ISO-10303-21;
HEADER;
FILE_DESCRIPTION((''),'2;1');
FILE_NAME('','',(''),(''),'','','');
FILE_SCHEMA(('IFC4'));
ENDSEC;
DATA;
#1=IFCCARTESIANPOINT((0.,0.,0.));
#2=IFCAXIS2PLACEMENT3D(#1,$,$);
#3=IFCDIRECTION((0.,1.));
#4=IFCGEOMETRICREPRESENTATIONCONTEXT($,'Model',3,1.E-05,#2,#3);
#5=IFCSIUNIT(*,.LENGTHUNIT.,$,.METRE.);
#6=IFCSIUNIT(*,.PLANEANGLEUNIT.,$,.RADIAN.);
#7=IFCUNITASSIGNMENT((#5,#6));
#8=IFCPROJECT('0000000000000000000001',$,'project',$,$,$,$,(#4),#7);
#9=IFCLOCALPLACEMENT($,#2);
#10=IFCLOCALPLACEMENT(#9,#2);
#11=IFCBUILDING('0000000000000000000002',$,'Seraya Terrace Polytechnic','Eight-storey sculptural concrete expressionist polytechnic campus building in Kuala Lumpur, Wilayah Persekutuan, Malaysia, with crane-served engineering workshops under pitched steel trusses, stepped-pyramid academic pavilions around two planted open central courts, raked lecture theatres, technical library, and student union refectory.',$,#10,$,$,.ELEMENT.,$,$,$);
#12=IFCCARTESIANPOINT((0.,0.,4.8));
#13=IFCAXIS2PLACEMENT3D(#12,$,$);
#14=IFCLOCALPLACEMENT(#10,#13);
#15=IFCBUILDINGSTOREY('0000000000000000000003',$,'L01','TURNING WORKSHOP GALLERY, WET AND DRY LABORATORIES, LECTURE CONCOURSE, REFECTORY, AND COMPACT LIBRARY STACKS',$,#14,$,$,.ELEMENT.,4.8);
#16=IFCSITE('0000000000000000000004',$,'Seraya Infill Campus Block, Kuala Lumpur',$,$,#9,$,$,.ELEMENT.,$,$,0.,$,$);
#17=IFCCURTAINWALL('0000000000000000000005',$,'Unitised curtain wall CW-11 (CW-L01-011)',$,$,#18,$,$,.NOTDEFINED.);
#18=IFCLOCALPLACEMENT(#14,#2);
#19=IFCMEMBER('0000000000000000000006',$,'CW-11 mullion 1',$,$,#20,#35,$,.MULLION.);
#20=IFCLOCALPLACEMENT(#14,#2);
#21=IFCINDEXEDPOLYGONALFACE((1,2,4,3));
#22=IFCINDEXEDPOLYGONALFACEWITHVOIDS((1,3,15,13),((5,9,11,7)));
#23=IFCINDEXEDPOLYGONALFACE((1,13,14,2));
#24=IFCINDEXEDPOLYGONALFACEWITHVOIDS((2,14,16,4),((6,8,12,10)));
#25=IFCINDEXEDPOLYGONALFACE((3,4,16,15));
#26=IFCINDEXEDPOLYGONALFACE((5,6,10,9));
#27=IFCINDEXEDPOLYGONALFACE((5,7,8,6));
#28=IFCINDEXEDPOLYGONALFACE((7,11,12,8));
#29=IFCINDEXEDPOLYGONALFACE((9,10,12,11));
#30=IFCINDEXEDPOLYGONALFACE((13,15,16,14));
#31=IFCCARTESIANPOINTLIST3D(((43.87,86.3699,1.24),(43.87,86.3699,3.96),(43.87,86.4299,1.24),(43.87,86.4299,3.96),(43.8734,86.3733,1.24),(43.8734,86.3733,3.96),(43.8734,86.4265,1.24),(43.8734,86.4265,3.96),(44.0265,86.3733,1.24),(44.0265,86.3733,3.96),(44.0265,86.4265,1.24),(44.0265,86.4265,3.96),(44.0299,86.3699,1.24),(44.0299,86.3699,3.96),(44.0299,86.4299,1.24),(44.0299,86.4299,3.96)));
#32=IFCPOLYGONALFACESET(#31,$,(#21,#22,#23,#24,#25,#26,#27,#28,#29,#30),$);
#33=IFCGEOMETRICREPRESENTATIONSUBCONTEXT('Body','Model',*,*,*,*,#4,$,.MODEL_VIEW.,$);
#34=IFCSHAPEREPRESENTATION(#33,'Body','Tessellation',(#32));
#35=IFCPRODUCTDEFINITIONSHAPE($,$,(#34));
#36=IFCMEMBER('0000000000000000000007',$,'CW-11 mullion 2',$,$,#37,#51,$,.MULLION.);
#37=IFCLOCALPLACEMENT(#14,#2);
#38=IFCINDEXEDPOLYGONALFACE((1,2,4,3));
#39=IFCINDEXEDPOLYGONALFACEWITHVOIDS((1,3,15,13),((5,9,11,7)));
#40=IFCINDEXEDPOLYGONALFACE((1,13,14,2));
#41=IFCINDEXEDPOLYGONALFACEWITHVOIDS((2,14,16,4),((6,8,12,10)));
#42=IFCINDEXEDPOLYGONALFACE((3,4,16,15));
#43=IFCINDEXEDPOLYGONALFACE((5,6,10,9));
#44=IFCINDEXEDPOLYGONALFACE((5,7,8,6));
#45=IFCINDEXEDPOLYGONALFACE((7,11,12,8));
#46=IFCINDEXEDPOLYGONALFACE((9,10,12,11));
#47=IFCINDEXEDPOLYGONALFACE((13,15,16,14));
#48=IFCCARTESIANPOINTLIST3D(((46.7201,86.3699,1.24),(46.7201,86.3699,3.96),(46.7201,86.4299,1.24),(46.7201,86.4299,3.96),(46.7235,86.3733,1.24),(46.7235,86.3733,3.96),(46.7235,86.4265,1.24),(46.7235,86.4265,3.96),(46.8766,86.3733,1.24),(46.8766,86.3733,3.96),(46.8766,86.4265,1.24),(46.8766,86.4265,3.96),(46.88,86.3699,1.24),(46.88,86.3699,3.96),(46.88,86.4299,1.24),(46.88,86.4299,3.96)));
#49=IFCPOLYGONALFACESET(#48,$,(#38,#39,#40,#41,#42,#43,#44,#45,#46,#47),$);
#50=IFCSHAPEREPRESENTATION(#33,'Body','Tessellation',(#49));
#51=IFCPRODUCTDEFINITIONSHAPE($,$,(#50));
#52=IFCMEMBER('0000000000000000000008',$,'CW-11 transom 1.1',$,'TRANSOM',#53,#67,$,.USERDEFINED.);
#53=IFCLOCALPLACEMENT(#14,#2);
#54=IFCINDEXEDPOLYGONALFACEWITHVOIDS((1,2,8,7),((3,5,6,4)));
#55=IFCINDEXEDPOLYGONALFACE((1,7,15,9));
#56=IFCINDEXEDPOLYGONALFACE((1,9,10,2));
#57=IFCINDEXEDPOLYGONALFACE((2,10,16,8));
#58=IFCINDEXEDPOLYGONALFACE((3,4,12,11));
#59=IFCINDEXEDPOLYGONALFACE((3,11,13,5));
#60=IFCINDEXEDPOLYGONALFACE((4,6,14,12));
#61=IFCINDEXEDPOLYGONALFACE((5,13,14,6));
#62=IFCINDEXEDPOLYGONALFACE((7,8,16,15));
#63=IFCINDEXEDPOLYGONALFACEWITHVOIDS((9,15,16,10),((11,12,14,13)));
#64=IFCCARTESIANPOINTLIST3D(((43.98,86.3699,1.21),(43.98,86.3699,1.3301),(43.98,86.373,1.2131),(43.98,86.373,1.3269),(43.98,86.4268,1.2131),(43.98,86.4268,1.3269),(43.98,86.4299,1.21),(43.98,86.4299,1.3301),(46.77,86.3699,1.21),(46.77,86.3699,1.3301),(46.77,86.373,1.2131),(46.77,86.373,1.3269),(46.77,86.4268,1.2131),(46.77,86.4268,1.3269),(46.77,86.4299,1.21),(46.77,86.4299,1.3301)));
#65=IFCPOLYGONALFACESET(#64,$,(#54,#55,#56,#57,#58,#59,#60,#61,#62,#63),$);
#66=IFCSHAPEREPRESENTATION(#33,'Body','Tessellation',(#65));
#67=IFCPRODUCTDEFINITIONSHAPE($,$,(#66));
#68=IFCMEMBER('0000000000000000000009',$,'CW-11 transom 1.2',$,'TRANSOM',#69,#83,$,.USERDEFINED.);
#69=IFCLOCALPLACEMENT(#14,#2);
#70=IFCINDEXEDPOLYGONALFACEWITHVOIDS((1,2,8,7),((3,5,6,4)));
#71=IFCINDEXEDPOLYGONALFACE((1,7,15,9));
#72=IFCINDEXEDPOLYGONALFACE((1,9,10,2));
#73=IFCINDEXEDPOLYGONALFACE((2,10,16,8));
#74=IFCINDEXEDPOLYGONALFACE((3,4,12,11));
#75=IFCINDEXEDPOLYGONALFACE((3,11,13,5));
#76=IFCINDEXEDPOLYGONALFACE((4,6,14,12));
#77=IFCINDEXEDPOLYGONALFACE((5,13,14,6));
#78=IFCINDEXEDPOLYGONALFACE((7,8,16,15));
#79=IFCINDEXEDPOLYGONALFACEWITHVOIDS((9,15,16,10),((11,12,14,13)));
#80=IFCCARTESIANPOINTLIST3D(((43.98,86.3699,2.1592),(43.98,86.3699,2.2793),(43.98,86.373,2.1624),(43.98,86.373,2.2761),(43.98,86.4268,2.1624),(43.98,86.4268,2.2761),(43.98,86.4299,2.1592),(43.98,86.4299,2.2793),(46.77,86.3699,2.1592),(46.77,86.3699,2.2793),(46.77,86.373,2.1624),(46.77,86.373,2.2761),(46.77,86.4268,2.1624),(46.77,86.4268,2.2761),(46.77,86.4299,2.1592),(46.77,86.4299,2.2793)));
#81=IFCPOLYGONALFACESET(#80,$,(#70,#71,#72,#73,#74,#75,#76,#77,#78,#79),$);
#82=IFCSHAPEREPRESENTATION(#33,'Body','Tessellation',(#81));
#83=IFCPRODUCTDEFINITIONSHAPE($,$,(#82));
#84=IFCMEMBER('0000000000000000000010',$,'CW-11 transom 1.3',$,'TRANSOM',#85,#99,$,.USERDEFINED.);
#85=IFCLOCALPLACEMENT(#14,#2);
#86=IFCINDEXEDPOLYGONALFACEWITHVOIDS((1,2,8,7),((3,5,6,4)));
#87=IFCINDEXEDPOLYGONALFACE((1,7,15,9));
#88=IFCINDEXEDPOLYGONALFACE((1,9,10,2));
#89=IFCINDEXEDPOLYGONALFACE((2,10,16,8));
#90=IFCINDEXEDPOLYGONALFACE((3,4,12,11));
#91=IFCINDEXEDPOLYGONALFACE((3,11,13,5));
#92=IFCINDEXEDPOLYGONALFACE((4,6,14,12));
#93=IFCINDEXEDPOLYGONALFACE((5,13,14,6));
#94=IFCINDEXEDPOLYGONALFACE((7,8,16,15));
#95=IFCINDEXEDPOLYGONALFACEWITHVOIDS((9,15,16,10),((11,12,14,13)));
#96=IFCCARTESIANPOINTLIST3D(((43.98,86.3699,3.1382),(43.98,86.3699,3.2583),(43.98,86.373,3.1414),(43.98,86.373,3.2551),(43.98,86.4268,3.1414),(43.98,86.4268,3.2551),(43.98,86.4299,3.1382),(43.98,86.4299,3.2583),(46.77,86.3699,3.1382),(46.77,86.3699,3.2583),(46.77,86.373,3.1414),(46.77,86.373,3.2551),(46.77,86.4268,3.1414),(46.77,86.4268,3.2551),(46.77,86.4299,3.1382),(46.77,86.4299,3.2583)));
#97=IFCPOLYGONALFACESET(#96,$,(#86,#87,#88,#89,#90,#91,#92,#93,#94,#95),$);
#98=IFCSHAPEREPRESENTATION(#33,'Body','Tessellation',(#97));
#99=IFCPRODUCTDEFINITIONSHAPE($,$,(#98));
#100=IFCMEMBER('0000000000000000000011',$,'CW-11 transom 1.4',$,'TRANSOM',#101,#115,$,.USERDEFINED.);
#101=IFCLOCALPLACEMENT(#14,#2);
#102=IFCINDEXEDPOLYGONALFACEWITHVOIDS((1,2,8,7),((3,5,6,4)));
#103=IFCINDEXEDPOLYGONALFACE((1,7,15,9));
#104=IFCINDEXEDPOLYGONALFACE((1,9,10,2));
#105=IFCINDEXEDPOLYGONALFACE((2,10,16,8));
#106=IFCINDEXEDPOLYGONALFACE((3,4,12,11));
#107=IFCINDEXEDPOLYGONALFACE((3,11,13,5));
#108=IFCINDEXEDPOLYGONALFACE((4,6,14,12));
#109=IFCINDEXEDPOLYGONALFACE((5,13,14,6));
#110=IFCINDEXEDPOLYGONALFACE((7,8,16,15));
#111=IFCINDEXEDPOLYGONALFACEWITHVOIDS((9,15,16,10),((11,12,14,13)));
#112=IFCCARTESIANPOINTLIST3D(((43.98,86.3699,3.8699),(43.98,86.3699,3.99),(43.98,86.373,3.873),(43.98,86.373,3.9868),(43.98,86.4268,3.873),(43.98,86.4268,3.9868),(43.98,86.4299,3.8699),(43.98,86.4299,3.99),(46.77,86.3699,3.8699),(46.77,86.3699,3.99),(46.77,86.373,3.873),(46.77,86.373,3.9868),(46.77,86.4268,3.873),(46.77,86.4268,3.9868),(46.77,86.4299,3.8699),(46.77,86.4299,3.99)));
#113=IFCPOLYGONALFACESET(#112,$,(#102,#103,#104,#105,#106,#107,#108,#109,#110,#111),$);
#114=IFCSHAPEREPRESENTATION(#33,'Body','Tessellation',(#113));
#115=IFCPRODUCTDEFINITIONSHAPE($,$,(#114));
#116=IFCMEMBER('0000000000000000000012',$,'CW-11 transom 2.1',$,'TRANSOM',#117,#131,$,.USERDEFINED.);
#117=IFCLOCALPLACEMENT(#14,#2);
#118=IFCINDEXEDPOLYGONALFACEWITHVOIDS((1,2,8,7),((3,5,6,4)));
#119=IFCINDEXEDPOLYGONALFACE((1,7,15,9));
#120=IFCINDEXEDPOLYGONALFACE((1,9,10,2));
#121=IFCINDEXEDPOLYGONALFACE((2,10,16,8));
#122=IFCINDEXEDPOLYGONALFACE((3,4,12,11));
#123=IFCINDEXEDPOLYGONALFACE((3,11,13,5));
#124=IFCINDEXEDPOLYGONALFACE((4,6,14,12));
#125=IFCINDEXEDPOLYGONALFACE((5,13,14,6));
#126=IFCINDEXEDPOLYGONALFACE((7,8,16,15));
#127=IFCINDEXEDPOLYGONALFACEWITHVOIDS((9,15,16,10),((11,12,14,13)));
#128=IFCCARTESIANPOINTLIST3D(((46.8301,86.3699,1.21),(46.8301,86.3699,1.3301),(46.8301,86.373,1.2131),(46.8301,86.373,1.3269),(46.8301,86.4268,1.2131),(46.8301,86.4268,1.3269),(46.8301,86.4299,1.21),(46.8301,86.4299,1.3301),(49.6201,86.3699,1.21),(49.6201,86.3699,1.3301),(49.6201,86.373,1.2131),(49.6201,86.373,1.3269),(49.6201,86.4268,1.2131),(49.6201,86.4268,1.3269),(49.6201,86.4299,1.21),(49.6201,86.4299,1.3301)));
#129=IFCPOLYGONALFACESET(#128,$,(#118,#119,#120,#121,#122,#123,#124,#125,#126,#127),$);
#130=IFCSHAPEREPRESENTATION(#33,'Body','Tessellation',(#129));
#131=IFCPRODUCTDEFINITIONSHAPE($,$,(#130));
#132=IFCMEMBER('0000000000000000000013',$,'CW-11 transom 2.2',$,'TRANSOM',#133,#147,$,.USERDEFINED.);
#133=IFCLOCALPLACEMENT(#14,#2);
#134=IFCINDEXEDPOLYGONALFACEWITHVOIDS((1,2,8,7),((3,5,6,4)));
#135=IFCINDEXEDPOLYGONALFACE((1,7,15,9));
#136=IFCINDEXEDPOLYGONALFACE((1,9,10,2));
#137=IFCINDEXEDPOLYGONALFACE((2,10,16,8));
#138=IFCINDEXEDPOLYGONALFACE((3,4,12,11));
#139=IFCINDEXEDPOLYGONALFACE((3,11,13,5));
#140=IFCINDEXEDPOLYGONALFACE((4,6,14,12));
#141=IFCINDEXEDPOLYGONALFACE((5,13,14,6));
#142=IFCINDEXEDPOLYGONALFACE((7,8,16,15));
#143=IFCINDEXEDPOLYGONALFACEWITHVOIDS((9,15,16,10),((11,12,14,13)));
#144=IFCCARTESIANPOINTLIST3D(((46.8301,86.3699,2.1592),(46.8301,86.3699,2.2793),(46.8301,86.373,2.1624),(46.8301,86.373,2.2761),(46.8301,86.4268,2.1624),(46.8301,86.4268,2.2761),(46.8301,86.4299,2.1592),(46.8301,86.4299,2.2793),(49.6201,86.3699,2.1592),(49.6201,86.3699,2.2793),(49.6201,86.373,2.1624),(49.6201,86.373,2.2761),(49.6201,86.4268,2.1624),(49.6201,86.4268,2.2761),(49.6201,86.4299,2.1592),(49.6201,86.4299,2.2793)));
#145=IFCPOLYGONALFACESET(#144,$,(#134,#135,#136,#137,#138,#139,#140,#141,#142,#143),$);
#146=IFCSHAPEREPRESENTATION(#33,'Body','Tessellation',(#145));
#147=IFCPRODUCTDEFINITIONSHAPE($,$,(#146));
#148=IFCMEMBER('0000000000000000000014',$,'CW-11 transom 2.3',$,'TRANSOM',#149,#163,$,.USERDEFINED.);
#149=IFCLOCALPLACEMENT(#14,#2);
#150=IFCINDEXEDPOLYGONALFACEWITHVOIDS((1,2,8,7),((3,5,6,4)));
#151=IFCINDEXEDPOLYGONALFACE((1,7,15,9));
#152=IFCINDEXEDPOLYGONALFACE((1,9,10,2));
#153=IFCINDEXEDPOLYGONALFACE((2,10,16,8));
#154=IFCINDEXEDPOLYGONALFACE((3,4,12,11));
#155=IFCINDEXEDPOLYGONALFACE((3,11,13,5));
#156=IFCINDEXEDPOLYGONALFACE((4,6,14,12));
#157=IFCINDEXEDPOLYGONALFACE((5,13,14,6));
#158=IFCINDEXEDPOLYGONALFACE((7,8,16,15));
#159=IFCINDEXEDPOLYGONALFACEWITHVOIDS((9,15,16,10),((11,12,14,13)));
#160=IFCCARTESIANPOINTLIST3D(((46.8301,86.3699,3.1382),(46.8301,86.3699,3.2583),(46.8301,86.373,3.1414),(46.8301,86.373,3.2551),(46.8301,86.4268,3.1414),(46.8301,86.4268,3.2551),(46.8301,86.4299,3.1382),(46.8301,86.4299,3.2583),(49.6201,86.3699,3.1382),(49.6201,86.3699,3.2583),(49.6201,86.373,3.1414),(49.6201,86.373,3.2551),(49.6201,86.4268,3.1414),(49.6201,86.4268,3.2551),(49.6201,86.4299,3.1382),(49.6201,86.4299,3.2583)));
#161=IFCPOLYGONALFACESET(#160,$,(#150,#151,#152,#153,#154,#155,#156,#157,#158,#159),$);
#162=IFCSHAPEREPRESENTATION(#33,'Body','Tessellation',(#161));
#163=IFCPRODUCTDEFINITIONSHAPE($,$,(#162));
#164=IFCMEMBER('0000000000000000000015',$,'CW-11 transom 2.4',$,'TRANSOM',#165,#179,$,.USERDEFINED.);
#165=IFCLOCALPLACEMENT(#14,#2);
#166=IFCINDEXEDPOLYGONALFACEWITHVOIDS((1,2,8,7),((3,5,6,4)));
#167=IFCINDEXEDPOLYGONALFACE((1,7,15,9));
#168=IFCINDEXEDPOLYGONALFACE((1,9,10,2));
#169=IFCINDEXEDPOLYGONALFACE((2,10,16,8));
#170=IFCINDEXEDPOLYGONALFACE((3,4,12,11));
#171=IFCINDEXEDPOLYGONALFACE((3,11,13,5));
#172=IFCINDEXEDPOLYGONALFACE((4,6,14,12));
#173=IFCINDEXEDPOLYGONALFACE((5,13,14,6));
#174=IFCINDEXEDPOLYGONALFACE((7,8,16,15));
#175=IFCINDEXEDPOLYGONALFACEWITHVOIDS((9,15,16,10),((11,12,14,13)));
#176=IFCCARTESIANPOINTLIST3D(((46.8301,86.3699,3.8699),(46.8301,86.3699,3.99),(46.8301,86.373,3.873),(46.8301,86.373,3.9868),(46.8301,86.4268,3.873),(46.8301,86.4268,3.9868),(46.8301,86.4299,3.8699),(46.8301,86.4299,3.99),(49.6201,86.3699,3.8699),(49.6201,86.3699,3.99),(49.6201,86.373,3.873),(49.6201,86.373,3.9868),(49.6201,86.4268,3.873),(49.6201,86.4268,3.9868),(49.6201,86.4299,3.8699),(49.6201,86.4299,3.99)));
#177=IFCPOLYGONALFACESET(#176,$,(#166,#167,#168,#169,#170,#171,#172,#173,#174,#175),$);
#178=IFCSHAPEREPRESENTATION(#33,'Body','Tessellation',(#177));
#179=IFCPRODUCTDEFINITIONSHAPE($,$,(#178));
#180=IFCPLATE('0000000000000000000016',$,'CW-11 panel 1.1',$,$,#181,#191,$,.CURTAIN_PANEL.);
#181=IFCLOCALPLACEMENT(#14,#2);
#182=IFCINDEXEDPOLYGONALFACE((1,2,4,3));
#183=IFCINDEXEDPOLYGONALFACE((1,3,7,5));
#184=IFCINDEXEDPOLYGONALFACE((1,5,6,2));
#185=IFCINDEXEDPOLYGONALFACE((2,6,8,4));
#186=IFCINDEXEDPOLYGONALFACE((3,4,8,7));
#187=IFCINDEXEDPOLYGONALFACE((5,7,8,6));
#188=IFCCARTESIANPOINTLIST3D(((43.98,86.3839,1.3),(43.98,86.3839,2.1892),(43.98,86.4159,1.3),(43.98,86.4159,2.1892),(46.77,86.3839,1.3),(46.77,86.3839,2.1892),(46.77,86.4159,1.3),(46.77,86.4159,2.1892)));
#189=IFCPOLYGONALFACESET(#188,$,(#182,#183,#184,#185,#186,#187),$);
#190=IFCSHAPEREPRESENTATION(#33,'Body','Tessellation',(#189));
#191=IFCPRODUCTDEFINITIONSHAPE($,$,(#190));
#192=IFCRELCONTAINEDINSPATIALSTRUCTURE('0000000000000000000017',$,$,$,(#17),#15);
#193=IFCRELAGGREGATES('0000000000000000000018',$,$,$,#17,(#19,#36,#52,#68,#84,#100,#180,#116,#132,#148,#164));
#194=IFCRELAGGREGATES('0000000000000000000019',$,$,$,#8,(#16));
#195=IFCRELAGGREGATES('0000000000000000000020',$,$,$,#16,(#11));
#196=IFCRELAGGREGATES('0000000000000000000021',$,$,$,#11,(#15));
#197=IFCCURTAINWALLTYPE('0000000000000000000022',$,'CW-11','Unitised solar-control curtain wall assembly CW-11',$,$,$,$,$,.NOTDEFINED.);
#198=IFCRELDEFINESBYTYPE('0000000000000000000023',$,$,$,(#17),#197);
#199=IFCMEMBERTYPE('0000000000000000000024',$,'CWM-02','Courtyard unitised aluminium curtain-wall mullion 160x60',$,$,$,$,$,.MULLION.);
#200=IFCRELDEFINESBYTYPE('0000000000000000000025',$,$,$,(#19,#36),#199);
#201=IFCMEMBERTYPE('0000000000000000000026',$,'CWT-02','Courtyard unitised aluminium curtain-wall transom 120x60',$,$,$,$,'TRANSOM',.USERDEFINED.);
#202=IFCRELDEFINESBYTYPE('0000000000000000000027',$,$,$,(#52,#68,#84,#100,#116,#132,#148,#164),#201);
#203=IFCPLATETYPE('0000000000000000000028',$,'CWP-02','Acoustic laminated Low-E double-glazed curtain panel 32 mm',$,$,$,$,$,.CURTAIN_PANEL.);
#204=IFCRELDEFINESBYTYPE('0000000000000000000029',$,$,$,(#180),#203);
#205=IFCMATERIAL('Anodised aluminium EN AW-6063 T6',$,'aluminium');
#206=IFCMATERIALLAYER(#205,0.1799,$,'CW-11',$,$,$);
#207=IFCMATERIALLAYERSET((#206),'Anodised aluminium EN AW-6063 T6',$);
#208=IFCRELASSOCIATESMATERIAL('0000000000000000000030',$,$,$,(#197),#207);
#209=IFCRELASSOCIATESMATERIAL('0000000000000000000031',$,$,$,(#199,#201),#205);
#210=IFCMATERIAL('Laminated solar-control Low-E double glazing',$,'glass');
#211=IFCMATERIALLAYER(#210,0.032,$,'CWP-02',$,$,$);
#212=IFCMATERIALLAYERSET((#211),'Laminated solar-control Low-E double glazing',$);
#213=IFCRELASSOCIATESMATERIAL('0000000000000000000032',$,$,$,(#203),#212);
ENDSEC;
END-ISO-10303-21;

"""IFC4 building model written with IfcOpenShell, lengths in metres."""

from ifc_helpers import new_model, si_unit, direction, frame, origin, origin_2d, place, context, subcontext, project, spatial, rectangle, hollow_rectangle, extrude, material, layer, layer_set, material_profile, profile_set, type_object, element, aggregate, save


model = new_model("IFC4")

# Units and contexts
model_context = context("Model", 3, precision=1e-05, world=origin(), true_north=direction((0.0, 1.0)))
body_context = subcontext(model_context, "Body", "Model", "MODEL_VIEW")
ifc_project = project(units=[si_unit("LENGTHUNIT", "METRE"), si_unit("PLANEANGLEUNIT", "RADIAN")], contexts=[model_context])

# Site, building, storey
site_placement = place(None, origin())
site = spatial("IfcSite", under=ifc_project, at=site_placement, Name="Seraya Infill Campus Block, Kuala Lumpur", CompositionType="ELEMENT", RefElevation=0.0)
building_placement = place(site_placement, origin())
building = spatial("IfcBuilding", under=site, at=building_placement, Name="Seraya Terrace Polytechnic", Description="Eight-storey sculptural concrete expressionist polytechnic campus building in Kuala Lumpur, Wilayah Persekutuan, Malaysia, with crane-served engineering workshops under pitched steel trusses, stepped-pyramid academic pavilions around two planted open central courts, raked lecture theatres, technical library, and student union refectory.", CompositionType="ELEMENT")
storey_placement = place(building_placement, frame((0.0, 0.0, 4.8)))
storey = spatial("IfcBuildingStorey", under=building, at=storey_placement, Name="L01", Description="TURNING WORKSHOP GALLERY, WET AND DRY LABORATORIES, LECTURE CONCOURSE, REFECTORY, AND COMPACT LIBRARY STACKS", CompositionType="ELEMENT", Elevation=4.8)

# Curtain wall, members, plate
ifc_material_1 = material(Name="Anodised aluminium EN AW-6063 T6", Category="aluminium")
ifc_layer_1 = layer(ifc_material_1, 0.1799, Name="CW-11")
ifc_layer_set_1 = layer_set([ifc_layer_1], Name="Anodised aluminium EN AW-6063 T6")
curtain_wall_type = type_object("IfcCurtainWallType", Name="CW-11", Description="Unitised solar-control curtain wall assembly CW-11", PredefinedType="NOTDEFINED", material=ifc_layer_set_1)
curtain_wall_placement = place(storey_placement, origin())
curtain_wall = element("IfcCurtainWall", 1, at=curtain_wall_placement, inside=storey, type_object=curtain_wall_type, Name="Unitised curtain wall CW-11 (CW-L01-011)", PredefinedType="NOTDEFINED")
ifc_material_profile_1 = material_profile(ifc_material_1, hollow_rectangle(XDim=0.0601, YDim=0.1599, WallThickness=0.0034, at=origin_2d()), Name="RHS 160x60x3.5")
ifc_profile_set_1 = profile_set([ifc_material_profile_1], Name="Anodised aluminium EN AW-6063 T6")
member_type_1 = type_object("IfcMemberType", Name="CWM-02", Description="Courtyard unitised aluminium curtain-wall mullion 160x60", PredefinedType="MULLION", material=ifc_profile_set_1)
member_1_placement = place(storey_placement, frame((43.95, 86.3999, 1.24), z_axis=(0.0, 0.0, 1.0), x_axis=(0.0, 1.0, 0.0)))
member_1 = element("IfcMember", 2, at=member_1_placement, type_object=member_type_1, Name="CW-11 mullion 1", PredefinedType="MULLION", context=body_context, shape_type="SweptSolid", body=[
    extrude(hollow_rectangle(XDim=0.0601, YDim=0.1599, WallThickness=0.0034, at=origin_2d()), origin(), (0.0, 0.0, 1.0), 2.72),
])
member_2_placement = place(storey_placement, frame((46.8, 86.3999, 1.24), z_axis=(0.0, 0.0, 1.0), x_axis=(0.0, 1.0, 0.0)))
member_2 = element("IfcMember", 3, at=member_2_placement, type_object=member_type_1, Name="CW-11 mullion 2", PredefinedType="MULLION", context=body_context, shape_type="SweptSolid", body=[
    extrude(hollow_rectangle(XDim=0.0601, YDim=0.1599, WallThickness=0.0034, at=origin_2d()), origin(), (0.0, 0.0, 1.0), 2.72),
])
ifc_material_profile_2 = material_profile(ifc_material_1, hollow_rectangle(XDim=0.0601, YDim=0.1201, WallThickness=0.0032, at=origin_2d()), Name="RHS 120x60x3.2")
ifc_profile_set_2 = profile_set([ifc_material_profile_2], Name="Anodised aluminium EN AW-6063 T6")
member_type_2 = type_object("IfcMemberType", Name="CWT-02", Description="Courtyard unitised aluminium curtain-wall transom 120x60", ElementType="TRANSOM", PredefinedType="USERDEFINED", material=ifc_profile_set_2)
member_3_placement = place(storey_placement, frame((43.98, 86.3999, 1.27), z_axis=(1.0, 0.0, 0.0), x_axis=(0.0, 1.0, 0.0)))
member_3 = element("IfcMember", 4, at=member_3_placement, type_object=member_type_2, Name="CW-11 transom 1.1", ObjectType="TRANSOM", PredefinedType="USERDEFINED", context=body_context, shape_type="SweptSolid", body=[
    extrude(hollow_rectangle(XDim=0.0601, YDim=0.1201, WallThickness=0.0032, at=origin_2d()), origin(), (0.0, 0.0, 1.0), 2.79),
])
member_4_placement = place(storey_placement, frame((43.98, 86.3999, 2.2192), z_axis=(1.0, 0.0, 0.0), x_axis=(0.0, 1.0, 0.0)))
member_4 = element("IfcMember", 5, at=member_4_placement, type_object=member_type_2, Name="CW-11 transom 1.2", ObjectType="TRANSOM", PredefinedType="USERDEFINED", context=body_context, shape_type="SweptSolid", body=[
    extrude(hollow_rectangle(XDim=0.0601, YDim=0.1201, WallThickness=0.0032, at=origin_2d()), origin(), (0.0, 0.0, 1.0), 2.79),
])
member_5_placement = place(storey_placement, frame((43.98, 86.3999, 3.1982), z_axis=(1.0, 0.0, 0.0), x_axis=(0.0, 1.0, 0.0)))
member_5 = element("IfcMember", 6, at=member_5_placement, type_object=member_type_2, Name="CW-11 transom 1.3", ObjectType="TRANSOM", PredefinedType="USERDEFINED", context=body_context, shape_type="SweptSolid", body=[
    extrude(hollow_rectangle(XDim=0.0601, YDim=0.1201, WallThickness=0.0032, at=origin_2d()), origin(), (0.0, 0.0, 1.0), 2.79),
])
member_6_placement = place(storey_placement, frame((43.98, 86.3999, 3.9299), z_axis=(1.0, 0.0, 0.0), x_axis=(0.0, 1.0, 0.0)))
member_6 = element("IfcMember", 7, at=member_6_placement, type_object=member_type_2, Name="CW-11 transom 1.4", ObjectType="TRANSOM", PredefinedType="USERDEFINED", context=body_context, shape_type="SweptSolid", body=[
    extrude(hollow_rectangle(XDim=0.0601, YDim=0.1201, WallThickness=0.0032, at=origin_2d()), origin(), (0.0, 0.0, 1.0), 2.79),
])
member_7_placement = place(storey_placement, frame((46.8301, 86.3999, 1.27), z_axis=(1.0, 0.0, 0.0), x_axis=(0.0, 1.0, 0.0)))
member_7 = element("IfcMember", 8, at=member_7_placement, type_object=member_type_2, Name="CW-11 transom 2.1", ObjectType="TRANSOM", PredefinedType="USERDEFINED", context=body_context, shape_type="SweptSolid", body=[
    extrude(hollow_rectangle(XDim=0.0601, YDim=0.1201, WallThickness=0.0032, at=origin_2d()), origin(), (0.0, 0.0, 1.0), 2.79),
])
member_8_placement = place(storey_placement, frame((46.8301, 86.3999, 2.2192), z_axis=(1.0, 0.0, 0.0), x_axis=(0.0, 1.0, 0.0)))
member_8 = element("IfcMember", 9, at=member_8_placement, type_object=member_type_2, Name="CW-11 transom 2.2", ObjectType="TRANSOM", PredefinedType="USERDEFINED", context=body_context, shape_type="SweptSolid", body=[
    extrude(hollow_rectangle(XDim=0.0601, YDim=0.1201, WallThickness=0.0032, at=origin_2d()), origin(), (0.0, 0.0, 1.0), 2.79),
])
member_9_placement = place(storey_placement, frame((46.8301, 86.3999, 3.1982), z_axis=(1.0, 0.0, 0.0), x_axis=(0.0, 1.0, 0.0)))
member_9 = element("IfcMember", 10, at=member_9_placement, type_object=member_type_2, Name="CW-11 transom 2.3", ObjectType="TRANSOM", PredefinedType="USERDEFINED", context=body_context, shape_type="SweptSolid", body=[
    extrude(hollow_rectangle(XDim=0.0601, YDim=0.1201, WallThickness=0.0032, at=origin_2d()), origin(), (0.0, 0.0, 1.0), 2.79),
])
member_10_placement = place(storey_placement, frame((46.8301, 86.3999, 3.9299), z_axis=(1.0, 0.0, 0.0), x_axis=(0.0, 1.0, 0.0)))
member_10 = element("IfcMember", 11, at=member_10_placement, type_object=member_type_2, Name="CW-11 transom 2.4", ObjectType="TRANSOM", PredefinedType="USERDEFINED", context=body_context, shape_type="SweptSolid", body=[
    extrude(hollow_rectangle(XDim=0.0601, YDim=0.1201, WallThickness=0.0032, at=origin_2d()), origin(), (0.0, 0.0, 1.0), 2.79),
])
ifc_material_2 = material(Name="Laminated solar-control Low-E double glazing", Category="glass")
ifc_layer_2 = layer(ifc_material_2, 0.032, Name="CWP-02")
ifc_layer_set_2 = layer_set([ifc_layer_2], Name="Laminated solar-control Low-E double glazing")
plate_type = type_object("IfcPlateType", Name="CWP-02", Description="Acoustic laminated Low-E double-glazed curtain panel 32 mm", PredefinedType="CURTAIN_PANEL", material=ifc_layer_set_2)
plate_1_placement = place(storey_placement, frame((45.375, 86.3999, 1.3), z_axis=(0.0, 0.0, 1.0), x_axis=(1.0, 0.0, 0.0)))
plate_1 = element("IfcPlate", 12, at=plate_1_placement, type_object=plate_type, Name="CW-11 panel 1.1", PredefinedType="CURTAIN_PANEL", context=body_context, shape_type="SweptSolid", body=[
    extrude(rectangle(XDim=2.79, YDim=0.032, at=origin_2d()), origin(), (0.0, 0.0, 1.0), 0.8892),
])
aggregate(curtain_wall, [member_1, member_2, member_3, member_4, member_5, member_6, plate_1, member_7, member_8, member_9, member_10])

save(model, "model.ifc")
